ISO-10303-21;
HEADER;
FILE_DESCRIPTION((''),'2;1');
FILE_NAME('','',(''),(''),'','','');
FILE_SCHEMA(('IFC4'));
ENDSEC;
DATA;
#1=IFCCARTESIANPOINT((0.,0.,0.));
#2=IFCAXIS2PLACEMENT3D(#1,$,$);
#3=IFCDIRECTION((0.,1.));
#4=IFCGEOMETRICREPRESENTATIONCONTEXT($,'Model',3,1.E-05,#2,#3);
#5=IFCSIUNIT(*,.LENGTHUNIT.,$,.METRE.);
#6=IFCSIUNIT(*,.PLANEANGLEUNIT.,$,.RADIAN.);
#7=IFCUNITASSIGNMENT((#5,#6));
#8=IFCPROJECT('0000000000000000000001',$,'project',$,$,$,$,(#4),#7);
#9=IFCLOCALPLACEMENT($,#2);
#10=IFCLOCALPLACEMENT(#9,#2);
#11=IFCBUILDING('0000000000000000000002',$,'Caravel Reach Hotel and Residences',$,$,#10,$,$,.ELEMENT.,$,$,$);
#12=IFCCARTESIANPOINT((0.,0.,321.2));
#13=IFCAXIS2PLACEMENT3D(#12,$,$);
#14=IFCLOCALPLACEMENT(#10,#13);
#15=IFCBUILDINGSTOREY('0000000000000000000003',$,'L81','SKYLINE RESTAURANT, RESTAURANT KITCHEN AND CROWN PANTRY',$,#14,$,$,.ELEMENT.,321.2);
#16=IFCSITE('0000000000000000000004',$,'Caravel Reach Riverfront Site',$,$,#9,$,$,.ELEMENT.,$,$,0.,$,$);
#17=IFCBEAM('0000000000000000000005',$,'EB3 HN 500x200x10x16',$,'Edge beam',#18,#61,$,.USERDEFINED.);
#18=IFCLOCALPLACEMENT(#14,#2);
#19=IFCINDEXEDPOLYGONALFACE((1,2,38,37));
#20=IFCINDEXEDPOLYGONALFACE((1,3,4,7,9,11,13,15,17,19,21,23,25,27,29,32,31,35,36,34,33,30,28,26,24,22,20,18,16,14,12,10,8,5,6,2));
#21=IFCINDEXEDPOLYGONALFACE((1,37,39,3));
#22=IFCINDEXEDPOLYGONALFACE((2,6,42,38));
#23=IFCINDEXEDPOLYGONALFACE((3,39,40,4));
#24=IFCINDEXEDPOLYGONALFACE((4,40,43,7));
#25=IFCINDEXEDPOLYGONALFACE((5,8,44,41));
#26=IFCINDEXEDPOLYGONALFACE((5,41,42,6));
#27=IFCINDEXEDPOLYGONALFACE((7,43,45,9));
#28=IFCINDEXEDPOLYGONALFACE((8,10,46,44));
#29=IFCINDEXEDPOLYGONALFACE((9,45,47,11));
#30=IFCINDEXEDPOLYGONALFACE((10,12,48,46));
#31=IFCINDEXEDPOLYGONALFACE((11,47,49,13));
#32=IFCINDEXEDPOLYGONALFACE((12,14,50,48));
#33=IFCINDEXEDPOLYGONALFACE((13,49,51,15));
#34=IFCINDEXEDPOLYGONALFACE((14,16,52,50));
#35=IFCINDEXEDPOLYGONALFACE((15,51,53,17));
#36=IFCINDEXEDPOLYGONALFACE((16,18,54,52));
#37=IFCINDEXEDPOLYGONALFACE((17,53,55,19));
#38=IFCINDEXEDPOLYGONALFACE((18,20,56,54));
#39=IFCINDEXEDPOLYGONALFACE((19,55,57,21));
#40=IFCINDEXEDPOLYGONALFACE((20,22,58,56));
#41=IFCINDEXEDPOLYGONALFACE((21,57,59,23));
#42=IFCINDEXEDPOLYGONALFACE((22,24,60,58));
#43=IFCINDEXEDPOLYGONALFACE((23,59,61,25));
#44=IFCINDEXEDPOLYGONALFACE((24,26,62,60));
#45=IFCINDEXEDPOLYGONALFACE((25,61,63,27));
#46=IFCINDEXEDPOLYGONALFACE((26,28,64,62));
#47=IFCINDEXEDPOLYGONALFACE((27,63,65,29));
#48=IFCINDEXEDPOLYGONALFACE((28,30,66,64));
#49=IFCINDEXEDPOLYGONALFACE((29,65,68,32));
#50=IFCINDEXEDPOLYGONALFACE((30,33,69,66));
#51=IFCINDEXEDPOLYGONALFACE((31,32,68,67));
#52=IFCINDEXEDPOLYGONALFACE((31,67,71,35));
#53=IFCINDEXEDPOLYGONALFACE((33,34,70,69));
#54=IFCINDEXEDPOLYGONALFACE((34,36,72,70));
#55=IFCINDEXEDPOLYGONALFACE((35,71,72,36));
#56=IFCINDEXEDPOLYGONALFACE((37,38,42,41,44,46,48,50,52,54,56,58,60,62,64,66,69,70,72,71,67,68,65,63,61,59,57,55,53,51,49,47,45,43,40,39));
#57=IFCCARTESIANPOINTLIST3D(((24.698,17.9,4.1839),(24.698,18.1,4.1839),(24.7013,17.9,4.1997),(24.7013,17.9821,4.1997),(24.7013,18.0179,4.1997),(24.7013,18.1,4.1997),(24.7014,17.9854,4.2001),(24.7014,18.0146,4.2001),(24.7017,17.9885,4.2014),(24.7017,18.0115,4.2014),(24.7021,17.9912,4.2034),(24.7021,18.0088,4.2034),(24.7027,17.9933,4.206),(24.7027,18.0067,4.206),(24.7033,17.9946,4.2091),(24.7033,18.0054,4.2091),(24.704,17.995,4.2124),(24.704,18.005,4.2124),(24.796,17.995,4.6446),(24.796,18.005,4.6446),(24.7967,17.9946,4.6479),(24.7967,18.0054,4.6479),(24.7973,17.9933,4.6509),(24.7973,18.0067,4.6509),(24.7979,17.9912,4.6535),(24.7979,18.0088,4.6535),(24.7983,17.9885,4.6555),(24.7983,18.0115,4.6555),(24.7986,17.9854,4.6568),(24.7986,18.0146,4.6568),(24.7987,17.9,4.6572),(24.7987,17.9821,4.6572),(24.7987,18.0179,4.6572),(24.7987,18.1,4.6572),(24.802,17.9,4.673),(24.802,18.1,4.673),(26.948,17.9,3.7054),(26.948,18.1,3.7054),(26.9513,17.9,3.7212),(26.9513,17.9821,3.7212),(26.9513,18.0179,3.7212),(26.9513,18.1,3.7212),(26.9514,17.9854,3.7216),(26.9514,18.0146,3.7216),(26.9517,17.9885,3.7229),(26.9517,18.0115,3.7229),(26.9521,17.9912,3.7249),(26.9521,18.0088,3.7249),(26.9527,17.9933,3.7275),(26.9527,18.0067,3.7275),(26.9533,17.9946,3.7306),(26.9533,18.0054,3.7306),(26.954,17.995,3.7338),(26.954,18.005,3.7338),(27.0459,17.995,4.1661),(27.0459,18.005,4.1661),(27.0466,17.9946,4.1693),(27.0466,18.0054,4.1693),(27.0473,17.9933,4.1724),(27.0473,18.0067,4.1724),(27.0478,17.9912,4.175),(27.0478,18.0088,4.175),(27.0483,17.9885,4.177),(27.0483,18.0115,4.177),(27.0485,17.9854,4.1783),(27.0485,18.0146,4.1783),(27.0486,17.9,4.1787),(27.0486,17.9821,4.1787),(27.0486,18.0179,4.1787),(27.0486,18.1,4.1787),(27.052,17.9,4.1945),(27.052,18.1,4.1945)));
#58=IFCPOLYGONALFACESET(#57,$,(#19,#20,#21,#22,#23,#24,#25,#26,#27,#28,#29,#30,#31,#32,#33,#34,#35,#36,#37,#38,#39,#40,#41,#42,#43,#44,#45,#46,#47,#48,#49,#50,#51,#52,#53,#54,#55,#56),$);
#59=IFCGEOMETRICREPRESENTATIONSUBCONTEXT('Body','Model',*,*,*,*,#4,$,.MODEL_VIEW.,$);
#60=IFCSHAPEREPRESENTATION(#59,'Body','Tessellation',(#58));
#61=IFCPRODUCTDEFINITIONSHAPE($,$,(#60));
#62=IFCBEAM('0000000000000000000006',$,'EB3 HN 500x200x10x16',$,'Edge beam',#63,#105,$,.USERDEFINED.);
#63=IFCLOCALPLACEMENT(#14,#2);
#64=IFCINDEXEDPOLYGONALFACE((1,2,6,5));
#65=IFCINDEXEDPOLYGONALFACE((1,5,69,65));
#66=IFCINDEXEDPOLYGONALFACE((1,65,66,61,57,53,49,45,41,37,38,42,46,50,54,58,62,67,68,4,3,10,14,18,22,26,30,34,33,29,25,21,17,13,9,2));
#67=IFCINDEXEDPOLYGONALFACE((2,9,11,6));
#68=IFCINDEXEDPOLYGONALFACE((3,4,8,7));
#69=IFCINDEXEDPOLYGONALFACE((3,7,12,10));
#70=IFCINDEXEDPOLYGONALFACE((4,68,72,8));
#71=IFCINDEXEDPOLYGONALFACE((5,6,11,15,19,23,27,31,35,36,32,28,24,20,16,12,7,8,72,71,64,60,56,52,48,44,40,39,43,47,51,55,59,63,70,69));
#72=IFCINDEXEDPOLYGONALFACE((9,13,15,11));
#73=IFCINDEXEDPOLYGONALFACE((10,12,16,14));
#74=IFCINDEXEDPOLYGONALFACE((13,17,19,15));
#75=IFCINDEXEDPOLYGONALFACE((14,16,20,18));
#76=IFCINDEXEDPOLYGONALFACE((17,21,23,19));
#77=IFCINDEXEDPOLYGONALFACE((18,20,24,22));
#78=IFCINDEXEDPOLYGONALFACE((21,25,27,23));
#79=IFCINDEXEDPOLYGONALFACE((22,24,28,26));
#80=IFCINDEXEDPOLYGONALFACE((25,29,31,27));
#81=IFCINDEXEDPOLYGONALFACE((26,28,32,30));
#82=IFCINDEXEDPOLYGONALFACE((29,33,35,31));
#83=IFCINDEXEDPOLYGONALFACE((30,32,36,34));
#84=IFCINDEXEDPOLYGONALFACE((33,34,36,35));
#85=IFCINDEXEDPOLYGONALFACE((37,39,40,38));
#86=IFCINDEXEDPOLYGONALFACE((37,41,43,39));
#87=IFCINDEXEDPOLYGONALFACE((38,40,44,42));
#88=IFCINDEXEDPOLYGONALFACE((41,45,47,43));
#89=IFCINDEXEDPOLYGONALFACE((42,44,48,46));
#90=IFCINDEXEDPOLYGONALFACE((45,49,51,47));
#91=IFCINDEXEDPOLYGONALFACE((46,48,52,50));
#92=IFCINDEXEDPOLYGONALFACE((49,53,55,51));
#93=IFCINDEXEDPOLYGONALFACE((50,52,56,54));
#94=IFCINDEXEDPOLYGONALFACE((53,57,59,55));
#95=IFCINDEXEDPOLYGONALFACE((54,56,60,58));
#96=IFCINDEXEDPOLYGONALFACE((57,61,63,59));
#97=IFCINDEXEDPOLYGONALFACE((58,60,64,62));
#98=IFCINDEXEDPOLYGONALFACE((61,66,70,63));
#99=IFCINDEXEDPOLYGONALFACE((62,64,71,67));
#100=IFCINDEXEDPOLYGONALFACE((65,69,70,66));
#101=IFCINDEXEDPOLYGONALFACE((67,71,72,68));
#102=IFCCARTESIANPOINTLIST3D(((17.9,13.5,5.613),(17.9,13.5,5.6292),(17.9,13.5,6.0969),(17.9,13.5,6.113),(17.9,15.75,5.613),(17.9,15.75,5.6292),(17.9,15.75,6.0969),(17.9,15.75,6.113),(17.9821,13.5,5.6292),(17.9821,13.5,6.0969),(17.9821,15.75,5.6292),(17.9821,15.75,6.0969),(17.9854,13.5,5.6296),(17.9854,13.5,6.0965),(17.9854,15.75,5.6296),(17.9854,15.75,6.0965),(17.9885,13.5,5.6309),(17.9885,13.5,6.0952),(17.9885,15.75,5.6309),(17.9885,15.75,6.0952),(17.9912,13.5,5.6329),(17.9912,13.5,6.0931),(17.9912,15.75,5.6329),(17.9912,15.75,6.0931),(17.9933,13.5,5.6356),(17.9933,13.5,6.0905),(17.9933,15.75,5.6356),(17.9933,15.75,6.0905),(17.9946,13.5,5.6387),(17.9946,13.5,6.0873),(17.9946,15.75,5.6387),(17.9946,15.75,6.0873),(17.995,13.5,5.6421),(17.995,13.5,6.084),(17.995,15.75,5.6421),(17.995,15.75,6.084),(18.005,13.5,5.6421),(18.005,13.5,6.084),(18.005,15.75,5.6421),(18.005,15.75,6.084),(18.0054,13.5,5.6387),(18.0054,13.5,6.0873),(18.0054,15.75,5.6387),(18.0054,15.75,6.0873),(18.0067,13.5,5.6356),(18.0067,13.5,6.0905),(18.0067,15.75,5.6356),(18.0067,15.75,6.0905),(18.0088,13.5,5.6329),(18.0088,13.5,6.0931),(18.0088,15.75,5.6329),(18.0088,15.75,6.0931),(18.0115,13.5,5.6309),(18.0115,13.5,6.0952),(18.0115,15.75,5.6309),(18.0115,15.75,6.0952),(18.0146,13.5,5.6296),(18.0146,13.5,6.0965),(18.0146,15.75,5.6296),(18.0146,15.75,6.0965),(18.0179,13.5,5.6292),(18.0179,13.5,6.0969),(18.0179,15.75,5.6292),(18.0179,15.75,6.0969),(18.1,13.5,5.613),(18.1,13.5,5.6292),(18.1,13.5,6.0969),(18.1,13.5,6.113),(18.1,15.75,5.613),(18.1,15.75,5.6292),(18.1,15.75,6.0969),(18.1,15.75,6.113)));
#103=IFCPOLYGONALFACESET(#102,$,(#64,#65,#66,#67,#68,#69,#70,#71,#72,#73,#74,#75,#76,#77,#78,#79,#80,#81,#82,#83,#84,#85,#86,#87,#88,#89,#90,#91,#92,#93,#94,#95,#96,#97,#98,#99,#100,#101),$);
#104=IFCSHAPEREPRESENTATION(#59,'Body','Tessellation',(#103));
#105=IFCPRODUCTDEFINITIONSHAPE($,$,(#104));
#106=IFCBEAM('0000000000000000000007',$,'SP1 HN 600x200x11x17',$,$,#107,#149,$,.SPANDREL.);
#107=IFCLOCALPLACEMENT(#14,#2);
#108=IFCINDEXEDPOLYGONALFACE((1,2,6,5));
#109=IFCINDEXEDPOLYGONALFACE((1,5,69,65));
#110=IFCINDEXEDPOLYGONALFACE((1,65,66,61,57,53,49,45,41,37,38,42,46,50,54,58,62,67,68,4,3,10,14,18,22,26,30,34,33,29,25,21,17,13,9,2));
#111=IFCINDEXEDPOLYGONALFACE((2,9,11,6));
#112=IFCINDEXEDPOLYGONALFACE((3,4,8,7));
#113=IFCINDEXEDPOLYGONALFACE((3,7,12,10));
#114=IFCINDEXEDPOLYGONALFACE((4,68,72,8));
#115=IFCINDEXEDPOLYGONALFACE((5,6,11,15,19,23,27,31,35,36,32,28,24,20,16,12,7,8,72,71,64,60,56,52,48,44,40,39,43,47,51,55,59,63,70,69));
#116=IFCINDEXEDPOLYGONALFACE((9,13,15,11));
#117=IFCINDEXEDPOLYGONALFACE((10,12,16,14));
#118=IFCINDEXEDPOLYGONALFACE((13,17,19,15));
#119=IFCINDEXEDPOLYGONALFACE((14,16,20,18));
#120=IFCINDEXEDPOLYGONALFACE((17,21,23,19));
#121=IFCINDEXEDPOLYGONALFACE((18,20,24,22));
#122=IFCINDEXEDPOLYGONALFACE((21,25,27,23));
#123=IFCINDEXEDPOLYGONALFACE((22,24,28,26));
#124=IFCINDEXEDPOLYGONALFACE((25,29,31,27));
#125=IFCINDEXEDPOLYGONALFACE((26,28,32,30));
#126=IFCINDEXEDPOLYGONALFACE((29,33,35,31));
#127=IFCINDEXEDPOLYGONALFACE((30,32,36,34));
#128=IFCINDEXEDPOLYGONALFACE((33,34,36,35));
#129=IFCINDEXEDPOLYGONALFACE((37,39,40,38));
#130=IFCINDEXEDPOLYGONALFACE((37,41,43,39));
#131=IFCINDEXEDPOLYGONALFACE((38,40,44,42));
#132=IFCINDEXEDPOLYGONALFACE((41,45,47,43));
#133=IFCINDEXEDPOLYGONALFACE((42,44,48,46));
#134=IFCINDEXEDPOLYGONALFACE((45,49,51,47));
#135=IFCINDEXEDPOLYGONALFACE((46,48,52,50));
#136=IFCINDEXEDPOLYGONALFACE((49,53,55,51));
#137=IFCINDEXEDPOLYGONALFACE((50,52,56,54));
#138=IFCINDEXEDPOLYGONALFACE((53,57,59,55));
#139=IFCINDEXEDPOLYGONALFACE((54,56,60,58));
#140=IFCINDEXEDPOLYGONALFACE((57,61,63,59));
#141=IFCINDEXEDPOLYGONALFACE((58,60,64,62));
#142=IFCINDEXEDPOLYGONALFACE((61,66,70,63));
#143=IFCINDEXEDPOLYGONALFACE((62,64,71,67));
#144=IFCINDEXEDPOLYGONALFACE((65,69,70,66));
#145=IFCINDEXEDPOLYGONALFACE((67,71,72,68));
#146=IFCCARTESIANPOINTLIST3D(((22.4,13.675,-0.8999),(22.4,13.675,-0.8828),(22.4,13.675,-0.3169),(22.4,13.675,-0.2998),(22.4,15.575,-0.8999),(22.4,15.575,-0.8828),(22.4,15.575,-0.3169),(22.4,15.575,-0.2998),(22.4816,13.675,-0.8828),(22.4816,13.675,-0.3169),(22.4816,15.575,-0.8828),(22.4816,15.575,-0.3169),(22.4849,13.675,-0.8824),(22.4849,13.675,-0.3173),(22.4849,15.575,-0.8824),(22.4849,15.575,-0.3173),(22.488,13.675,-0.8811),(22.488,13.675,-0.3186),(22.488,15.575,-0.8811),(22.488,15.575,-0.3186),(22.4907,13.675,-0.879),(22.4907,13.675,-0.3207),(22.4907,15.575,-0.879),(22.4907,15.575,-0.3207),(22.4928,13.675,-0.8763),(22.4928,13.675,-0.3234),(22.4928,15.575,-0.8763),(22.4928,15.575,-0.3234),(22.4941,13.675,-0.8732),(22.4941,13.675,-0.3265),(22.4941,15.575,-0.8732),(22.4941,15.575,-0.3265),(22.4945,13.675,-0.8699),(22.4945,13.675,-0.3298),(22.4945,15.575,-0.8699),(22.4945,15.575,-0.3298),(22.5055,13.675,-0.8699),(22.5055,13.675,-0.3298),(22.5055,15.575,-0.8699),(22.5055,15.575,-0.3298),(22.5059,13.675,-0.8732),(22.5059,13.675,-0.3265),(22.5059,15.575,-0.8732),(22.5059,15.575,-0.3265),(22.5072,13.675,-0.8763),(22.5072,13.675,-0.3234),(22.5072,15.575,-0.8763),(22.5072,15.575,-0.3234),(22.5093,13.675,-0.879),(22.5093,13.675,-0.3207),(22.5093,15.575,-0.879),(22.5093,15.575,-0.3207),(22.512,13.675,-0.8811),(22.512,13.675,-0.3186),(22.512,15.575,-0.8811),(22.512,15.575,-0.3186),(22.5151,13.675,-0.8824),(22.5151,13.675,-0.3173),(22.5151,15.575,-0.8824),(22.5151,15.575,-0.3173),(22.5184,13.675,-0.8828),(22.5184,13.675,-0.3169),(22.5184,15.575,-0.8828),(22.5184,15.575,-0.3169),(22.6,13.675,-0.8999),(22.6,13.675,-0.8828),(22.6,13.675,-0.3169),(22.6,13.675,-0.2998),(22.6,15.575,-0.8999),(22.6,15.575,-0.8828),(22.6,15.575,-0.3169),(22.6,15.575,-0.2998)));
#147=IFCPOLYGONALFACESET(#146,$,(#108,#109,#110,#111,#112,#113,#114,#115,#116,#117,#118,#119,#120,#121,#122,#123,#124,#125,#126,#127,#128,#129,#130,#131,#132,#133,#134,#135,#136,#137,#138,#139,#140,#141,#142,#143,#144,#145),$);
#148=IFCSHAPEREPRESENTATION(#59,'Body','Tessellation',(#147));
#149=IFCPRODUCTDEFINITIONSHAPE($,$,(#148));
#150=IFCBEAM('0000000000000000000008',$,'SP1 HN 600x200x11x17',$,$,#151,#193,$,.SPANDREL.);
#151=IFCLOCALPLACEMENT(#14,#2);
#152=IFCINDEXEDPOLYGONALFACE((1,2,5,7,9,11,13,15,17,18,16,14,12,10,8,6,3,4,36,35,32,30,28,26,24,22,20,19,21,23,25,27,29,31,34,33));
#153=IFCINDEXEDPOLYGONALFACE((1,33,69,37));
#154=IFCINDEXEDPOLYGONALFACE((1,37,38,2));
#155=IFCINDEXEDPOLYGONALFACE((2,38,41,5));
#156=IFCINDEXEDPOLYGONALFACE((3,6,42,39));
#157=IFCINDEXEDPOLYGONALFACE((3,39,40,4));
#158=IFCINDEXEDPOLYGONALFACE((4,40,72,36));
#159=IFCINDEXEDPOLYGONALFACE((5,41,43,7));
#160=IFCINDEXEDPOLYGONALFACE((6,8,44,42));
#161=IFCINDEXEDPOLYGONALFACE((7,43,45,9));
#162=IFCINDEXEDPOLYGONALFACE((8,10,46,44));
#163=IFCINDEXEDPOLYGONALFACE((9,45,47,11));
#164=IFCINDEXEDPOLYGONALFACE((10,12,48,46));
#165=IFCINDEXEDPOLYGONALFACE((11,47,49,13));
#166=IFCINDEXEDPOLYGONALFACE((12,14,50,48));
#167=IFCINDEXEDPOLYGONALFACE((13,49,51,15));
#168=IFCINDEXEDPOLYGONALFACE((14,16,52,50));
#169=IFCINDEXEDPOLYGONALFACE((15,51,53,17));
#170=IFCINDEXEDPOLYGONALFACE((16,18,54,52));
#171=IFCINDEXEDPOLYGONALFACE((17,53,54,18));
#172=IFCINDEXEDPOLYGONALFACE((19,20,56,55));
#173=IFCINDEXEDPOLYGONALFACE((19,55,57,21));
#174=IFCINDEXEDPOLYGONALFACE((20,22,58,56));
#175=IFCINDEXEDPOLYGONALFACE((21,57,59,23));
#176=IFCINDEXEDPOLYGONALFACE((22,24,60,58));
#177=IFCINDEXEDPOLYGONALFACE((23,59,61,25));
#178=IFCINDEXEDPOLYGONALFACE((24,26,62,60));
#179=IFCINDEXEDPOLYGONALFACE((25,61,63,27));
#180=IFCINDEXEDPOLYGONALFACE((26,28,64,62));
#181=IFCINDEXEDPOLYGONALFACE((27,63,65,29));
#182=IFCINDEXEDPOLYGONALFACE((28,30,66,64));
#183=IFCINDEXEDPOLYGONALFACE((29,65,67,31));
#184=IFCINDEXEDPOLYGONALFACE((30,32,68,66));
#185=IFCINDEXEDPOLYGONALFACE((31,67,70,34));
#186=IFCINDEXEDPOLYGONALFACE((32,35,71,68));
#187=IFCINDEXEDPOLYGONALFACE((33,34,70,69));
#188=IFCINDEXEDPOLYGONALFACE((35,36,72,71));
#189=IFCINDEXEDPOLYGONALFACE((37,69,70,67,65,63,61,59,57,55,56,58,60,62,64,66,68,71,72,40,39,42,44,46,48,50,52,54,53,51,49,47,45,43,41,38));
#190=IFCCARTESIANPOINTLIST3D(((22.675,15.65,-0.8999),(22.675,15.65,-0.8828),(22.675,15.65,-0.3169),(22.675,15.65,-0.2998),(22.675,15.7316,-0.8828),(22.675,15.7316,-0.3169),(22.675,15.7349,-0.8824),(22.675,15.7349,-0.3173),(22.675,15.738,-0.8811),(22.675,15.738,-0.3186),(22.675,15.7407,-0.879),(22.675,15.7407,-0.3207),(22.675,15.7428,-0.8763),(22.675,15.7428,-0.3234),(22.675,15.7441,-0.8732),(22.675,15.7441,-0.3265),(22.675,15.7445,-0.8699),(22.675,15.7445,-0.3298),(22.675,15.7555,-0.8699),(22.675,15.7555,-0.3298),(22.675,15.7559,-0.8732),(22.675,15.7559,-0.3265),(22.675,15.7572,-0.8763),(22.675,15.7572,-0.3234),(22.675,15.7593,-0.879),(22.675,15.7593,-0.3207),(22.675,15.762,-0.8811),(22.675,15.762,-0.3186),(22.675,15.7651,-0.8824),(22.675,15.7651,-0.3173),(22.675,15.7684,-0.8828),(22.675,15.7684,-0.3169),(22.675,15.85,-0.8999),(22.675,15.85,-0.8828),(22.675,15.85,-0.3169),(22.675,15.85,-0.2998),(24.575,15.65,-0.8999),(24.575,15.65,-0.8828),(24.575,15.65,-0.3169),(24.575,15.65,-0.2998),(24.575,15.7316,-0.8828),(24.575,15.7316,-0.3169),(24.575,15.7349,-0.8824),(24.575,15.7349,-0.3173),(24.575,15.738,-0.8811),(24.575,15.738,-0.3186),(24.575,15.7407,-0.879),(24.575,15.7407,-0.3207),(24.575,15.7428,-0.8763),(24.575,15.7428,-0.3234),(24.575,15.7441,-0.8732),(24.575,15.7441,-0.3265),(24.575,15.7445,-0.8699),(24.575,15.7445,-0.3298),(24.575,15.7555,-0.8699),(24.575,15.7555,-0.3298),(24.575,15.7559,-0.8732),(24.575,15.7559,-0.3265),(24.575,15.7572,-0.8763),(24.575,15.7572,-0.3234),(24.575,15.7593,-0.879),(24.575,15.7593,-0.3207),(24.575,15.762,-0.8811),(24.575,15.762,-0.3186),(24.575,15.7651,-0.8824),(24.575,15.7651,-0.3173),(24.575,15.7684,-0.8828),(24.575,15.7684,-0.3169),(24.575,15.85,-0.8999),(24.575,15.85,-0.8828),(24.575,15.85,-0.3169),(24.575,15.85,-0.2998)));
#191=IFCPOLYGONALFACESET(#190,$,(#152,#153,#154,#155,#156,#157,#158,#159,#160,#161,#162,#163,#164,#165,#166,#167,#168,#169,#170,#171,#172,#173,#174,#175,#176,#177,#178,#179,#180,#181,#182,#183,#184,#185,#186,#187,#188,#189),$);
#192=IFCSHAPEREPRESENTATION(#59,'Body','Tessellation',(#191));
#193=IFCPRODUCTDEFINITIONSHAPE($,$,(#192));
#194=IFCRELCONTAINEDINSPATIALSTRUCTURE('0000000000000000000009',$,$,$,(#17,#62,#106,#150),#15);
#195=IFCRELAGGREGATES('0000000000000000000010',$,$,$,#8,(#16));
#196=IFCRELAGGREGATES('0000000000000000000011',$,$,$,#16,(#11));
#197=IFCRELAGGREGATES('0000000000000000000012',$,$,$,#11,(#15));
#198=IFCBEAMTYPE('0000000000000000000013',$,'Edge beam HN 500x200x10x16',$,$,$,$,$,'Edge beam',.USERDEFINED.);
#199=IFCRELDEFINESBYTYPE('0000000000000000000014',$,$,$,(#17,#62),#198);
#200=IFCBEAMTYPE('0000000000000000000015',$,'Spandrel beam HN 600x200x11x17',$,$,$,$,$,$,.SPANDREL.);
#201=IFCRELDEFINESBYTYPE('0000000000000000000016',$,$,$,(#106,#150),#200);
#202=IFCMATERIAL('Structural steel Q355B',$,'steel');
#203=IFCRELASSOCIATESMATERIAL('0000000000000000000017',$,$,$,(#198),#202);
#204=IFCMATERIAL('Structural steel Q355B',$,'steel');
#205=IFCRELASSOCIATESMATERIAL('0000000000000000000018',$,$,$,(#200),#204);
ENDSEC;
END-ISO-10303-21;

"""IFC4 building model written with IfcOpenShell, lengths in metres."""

from ifc_helpers import new_model, si_unit, direction, frame, origin, origin_2d, place, context, subcontext, project, spatial, i_section, extrude, material, material_profile, profile_set, type_object, element, save


model = new_model("IFC4")

# Units and contexts
model_context = context("Model", 3, precision=1e-05, world=origin(), true_north=direction((0.0, 1.0)))
body_context = subcontext(model_context, "Body", "Model", "MODEL_VIEW")
ifc_project = project(units=[si_unit("LENGTHUNIT", "METRE"), si_unit("PLANEANGLEUNIT", "RADIAN")], contexts=[model_context])

# Site, building, storey
site_placement = place(None, origin())
site = spatial("IfcSite", under=ifc_project, at=site_placement, Name="Caravel Reach Riverfront Site", CompositionType="ELEMENT", RefElevation=0.0)
building_placement = place(site_placement, origin())
building = spatial("IfcBuilding", under=site, at=building_placement, Name="Caravel Reach Hotel and Residences", CompositionType="ELEMENT")
storey_placement = place(building_placement, frame((0.0, 0.0, 321.2)))
storey = spatial("IfcBuildingStorey", under=building, at=storey_placement, Name="L81", Description="SKYLINE RESTAURANT, RESTAURANT KITCHEN AND CROWN PANTRY", CompositionType="ELEMENT", Elevation=321.2)

# Beams
ifc_material_1 = material(Name="Structural steel Q355B", Category="steel")
ifc_material_profile_1 = material_profile(ifc_material_1, i_section(OverallWidth=0.2, OverallDepth=0.5, WebThickness=0.01, FlangeThickness=0.0161, FilletRadius=0.0129, at=origin_2d()), Name="HN 500x200x10x16")
ifc_profile_set_1 = profile_set([ifc_material_profile_1], Name="Structural steel Q355B")
beam_type_1 = type_object("IfcBeamType", Name="Edge beam HN 500x200x10x16", ElementType="Edge beam", PredefinedType="USERDEFINED", material=ifc_profile_set_1)
beam_1_placement = place(storey_placement, frame((24.75, 18.0, 4.4285), z_axis=(0.978124, 0.0, -0.208021), x_axis=(0.0, 1.0, 0.0)))
element("IfcBeam", 1, at=beam_1_placement, inside=storey, type_object=beam_type_1, Name="EB3 HN 500x200x10x16", ObjectType="Edge beam", PredefinedType="USERDEFINED", context=body_context, shape_type="SweptSolid", body=[
    extrude(i_section(OverallWidth=0.2, OverallDepth=0.5, WebThickness=0.01, FlangeThickness=0.0161, FilletRadius=0.0129, at=origin_2d()), origin(), (0.0, 0.0, 1.0), 2.3003),
])
beam_2_placement = place(storey_placement, frame((18.0, 15.75, 5.863), z_axis=(0.0, -1.0, 0.0), x_axis=(1.0, 0.0, 0.0)))
element("IfcBeam", 2, at=beam_2_placement, inside=storey, type_object=beam_type_1, Name="EB3 HN 500x200x10x16", ObjectType="Edge beam", PredefinedType="USERDEFINED", context=body_context, shape_type="SweptSolid", body=[
    extrude(i_section(OverallWidth=0.2, OverallDepth=0.5, WebThickness=0.01, FlangeThickness=0.0161, FilletRadius=0.0129, at=origin_2d()), origin(), (0.0, 0.0, 1.0), 2.25),
])
ifc_material_2 = material(Name="Structural steel Q355B", Category="steel")
ifc_material_profile_2 = material_profile(ifc_material_2, i_section(OverallWidth=0.2, OverallDepth=0.6001, WebThickness=0.011, FlangeThickness=0.0171, FilletRadius=0.0129, at=origin_2d()), Name="HN 600x200x11x17")
ifc_profile_set_2 = profile_set([ifc_material_profile_2], Name="Structural steel Q355B")
beam_type_2 = type_object("IfcBeamType", Name="Spandrel beam HN 600x200x11x17", PredefinedType="SPANDREL", material=ifc_profile_set_2)
for number, where, z_axis, x_axis, name in (
    (3, (22.5, 13.675, -0.5999), (0.0, 1.0, 0.0), (-1.0, 0.0, 0.0), "SP1 HN 600x200x11x17"),
    (4, (22.675, 15.75, -0.5999), (1.0, 0.0, 0.0), (0.0, 1.0, 0.0), "SP1 HN 600x200x11x17"),
):
    element("IfcBeam", number, at=place(storey_placement, frame(where, z_axis=z_axis, x_axis=x_axis)), inside=storey, type_object=beam_type_2, Name=name, PredefinedType="SPANDREL", context=body_context, shape_type="SweptSolid", body=[
        extrude(i_section(OverallWidth=0.2, OverallDepth=0.6001, WebThickness=0.011, FlangeThickness=0.0171, FilletRadius=0.0129, at=origin_2d()), origin(), (0.0, 0.0, 1.0), 1.8999),
    ])

save(model, "model.ifc")
